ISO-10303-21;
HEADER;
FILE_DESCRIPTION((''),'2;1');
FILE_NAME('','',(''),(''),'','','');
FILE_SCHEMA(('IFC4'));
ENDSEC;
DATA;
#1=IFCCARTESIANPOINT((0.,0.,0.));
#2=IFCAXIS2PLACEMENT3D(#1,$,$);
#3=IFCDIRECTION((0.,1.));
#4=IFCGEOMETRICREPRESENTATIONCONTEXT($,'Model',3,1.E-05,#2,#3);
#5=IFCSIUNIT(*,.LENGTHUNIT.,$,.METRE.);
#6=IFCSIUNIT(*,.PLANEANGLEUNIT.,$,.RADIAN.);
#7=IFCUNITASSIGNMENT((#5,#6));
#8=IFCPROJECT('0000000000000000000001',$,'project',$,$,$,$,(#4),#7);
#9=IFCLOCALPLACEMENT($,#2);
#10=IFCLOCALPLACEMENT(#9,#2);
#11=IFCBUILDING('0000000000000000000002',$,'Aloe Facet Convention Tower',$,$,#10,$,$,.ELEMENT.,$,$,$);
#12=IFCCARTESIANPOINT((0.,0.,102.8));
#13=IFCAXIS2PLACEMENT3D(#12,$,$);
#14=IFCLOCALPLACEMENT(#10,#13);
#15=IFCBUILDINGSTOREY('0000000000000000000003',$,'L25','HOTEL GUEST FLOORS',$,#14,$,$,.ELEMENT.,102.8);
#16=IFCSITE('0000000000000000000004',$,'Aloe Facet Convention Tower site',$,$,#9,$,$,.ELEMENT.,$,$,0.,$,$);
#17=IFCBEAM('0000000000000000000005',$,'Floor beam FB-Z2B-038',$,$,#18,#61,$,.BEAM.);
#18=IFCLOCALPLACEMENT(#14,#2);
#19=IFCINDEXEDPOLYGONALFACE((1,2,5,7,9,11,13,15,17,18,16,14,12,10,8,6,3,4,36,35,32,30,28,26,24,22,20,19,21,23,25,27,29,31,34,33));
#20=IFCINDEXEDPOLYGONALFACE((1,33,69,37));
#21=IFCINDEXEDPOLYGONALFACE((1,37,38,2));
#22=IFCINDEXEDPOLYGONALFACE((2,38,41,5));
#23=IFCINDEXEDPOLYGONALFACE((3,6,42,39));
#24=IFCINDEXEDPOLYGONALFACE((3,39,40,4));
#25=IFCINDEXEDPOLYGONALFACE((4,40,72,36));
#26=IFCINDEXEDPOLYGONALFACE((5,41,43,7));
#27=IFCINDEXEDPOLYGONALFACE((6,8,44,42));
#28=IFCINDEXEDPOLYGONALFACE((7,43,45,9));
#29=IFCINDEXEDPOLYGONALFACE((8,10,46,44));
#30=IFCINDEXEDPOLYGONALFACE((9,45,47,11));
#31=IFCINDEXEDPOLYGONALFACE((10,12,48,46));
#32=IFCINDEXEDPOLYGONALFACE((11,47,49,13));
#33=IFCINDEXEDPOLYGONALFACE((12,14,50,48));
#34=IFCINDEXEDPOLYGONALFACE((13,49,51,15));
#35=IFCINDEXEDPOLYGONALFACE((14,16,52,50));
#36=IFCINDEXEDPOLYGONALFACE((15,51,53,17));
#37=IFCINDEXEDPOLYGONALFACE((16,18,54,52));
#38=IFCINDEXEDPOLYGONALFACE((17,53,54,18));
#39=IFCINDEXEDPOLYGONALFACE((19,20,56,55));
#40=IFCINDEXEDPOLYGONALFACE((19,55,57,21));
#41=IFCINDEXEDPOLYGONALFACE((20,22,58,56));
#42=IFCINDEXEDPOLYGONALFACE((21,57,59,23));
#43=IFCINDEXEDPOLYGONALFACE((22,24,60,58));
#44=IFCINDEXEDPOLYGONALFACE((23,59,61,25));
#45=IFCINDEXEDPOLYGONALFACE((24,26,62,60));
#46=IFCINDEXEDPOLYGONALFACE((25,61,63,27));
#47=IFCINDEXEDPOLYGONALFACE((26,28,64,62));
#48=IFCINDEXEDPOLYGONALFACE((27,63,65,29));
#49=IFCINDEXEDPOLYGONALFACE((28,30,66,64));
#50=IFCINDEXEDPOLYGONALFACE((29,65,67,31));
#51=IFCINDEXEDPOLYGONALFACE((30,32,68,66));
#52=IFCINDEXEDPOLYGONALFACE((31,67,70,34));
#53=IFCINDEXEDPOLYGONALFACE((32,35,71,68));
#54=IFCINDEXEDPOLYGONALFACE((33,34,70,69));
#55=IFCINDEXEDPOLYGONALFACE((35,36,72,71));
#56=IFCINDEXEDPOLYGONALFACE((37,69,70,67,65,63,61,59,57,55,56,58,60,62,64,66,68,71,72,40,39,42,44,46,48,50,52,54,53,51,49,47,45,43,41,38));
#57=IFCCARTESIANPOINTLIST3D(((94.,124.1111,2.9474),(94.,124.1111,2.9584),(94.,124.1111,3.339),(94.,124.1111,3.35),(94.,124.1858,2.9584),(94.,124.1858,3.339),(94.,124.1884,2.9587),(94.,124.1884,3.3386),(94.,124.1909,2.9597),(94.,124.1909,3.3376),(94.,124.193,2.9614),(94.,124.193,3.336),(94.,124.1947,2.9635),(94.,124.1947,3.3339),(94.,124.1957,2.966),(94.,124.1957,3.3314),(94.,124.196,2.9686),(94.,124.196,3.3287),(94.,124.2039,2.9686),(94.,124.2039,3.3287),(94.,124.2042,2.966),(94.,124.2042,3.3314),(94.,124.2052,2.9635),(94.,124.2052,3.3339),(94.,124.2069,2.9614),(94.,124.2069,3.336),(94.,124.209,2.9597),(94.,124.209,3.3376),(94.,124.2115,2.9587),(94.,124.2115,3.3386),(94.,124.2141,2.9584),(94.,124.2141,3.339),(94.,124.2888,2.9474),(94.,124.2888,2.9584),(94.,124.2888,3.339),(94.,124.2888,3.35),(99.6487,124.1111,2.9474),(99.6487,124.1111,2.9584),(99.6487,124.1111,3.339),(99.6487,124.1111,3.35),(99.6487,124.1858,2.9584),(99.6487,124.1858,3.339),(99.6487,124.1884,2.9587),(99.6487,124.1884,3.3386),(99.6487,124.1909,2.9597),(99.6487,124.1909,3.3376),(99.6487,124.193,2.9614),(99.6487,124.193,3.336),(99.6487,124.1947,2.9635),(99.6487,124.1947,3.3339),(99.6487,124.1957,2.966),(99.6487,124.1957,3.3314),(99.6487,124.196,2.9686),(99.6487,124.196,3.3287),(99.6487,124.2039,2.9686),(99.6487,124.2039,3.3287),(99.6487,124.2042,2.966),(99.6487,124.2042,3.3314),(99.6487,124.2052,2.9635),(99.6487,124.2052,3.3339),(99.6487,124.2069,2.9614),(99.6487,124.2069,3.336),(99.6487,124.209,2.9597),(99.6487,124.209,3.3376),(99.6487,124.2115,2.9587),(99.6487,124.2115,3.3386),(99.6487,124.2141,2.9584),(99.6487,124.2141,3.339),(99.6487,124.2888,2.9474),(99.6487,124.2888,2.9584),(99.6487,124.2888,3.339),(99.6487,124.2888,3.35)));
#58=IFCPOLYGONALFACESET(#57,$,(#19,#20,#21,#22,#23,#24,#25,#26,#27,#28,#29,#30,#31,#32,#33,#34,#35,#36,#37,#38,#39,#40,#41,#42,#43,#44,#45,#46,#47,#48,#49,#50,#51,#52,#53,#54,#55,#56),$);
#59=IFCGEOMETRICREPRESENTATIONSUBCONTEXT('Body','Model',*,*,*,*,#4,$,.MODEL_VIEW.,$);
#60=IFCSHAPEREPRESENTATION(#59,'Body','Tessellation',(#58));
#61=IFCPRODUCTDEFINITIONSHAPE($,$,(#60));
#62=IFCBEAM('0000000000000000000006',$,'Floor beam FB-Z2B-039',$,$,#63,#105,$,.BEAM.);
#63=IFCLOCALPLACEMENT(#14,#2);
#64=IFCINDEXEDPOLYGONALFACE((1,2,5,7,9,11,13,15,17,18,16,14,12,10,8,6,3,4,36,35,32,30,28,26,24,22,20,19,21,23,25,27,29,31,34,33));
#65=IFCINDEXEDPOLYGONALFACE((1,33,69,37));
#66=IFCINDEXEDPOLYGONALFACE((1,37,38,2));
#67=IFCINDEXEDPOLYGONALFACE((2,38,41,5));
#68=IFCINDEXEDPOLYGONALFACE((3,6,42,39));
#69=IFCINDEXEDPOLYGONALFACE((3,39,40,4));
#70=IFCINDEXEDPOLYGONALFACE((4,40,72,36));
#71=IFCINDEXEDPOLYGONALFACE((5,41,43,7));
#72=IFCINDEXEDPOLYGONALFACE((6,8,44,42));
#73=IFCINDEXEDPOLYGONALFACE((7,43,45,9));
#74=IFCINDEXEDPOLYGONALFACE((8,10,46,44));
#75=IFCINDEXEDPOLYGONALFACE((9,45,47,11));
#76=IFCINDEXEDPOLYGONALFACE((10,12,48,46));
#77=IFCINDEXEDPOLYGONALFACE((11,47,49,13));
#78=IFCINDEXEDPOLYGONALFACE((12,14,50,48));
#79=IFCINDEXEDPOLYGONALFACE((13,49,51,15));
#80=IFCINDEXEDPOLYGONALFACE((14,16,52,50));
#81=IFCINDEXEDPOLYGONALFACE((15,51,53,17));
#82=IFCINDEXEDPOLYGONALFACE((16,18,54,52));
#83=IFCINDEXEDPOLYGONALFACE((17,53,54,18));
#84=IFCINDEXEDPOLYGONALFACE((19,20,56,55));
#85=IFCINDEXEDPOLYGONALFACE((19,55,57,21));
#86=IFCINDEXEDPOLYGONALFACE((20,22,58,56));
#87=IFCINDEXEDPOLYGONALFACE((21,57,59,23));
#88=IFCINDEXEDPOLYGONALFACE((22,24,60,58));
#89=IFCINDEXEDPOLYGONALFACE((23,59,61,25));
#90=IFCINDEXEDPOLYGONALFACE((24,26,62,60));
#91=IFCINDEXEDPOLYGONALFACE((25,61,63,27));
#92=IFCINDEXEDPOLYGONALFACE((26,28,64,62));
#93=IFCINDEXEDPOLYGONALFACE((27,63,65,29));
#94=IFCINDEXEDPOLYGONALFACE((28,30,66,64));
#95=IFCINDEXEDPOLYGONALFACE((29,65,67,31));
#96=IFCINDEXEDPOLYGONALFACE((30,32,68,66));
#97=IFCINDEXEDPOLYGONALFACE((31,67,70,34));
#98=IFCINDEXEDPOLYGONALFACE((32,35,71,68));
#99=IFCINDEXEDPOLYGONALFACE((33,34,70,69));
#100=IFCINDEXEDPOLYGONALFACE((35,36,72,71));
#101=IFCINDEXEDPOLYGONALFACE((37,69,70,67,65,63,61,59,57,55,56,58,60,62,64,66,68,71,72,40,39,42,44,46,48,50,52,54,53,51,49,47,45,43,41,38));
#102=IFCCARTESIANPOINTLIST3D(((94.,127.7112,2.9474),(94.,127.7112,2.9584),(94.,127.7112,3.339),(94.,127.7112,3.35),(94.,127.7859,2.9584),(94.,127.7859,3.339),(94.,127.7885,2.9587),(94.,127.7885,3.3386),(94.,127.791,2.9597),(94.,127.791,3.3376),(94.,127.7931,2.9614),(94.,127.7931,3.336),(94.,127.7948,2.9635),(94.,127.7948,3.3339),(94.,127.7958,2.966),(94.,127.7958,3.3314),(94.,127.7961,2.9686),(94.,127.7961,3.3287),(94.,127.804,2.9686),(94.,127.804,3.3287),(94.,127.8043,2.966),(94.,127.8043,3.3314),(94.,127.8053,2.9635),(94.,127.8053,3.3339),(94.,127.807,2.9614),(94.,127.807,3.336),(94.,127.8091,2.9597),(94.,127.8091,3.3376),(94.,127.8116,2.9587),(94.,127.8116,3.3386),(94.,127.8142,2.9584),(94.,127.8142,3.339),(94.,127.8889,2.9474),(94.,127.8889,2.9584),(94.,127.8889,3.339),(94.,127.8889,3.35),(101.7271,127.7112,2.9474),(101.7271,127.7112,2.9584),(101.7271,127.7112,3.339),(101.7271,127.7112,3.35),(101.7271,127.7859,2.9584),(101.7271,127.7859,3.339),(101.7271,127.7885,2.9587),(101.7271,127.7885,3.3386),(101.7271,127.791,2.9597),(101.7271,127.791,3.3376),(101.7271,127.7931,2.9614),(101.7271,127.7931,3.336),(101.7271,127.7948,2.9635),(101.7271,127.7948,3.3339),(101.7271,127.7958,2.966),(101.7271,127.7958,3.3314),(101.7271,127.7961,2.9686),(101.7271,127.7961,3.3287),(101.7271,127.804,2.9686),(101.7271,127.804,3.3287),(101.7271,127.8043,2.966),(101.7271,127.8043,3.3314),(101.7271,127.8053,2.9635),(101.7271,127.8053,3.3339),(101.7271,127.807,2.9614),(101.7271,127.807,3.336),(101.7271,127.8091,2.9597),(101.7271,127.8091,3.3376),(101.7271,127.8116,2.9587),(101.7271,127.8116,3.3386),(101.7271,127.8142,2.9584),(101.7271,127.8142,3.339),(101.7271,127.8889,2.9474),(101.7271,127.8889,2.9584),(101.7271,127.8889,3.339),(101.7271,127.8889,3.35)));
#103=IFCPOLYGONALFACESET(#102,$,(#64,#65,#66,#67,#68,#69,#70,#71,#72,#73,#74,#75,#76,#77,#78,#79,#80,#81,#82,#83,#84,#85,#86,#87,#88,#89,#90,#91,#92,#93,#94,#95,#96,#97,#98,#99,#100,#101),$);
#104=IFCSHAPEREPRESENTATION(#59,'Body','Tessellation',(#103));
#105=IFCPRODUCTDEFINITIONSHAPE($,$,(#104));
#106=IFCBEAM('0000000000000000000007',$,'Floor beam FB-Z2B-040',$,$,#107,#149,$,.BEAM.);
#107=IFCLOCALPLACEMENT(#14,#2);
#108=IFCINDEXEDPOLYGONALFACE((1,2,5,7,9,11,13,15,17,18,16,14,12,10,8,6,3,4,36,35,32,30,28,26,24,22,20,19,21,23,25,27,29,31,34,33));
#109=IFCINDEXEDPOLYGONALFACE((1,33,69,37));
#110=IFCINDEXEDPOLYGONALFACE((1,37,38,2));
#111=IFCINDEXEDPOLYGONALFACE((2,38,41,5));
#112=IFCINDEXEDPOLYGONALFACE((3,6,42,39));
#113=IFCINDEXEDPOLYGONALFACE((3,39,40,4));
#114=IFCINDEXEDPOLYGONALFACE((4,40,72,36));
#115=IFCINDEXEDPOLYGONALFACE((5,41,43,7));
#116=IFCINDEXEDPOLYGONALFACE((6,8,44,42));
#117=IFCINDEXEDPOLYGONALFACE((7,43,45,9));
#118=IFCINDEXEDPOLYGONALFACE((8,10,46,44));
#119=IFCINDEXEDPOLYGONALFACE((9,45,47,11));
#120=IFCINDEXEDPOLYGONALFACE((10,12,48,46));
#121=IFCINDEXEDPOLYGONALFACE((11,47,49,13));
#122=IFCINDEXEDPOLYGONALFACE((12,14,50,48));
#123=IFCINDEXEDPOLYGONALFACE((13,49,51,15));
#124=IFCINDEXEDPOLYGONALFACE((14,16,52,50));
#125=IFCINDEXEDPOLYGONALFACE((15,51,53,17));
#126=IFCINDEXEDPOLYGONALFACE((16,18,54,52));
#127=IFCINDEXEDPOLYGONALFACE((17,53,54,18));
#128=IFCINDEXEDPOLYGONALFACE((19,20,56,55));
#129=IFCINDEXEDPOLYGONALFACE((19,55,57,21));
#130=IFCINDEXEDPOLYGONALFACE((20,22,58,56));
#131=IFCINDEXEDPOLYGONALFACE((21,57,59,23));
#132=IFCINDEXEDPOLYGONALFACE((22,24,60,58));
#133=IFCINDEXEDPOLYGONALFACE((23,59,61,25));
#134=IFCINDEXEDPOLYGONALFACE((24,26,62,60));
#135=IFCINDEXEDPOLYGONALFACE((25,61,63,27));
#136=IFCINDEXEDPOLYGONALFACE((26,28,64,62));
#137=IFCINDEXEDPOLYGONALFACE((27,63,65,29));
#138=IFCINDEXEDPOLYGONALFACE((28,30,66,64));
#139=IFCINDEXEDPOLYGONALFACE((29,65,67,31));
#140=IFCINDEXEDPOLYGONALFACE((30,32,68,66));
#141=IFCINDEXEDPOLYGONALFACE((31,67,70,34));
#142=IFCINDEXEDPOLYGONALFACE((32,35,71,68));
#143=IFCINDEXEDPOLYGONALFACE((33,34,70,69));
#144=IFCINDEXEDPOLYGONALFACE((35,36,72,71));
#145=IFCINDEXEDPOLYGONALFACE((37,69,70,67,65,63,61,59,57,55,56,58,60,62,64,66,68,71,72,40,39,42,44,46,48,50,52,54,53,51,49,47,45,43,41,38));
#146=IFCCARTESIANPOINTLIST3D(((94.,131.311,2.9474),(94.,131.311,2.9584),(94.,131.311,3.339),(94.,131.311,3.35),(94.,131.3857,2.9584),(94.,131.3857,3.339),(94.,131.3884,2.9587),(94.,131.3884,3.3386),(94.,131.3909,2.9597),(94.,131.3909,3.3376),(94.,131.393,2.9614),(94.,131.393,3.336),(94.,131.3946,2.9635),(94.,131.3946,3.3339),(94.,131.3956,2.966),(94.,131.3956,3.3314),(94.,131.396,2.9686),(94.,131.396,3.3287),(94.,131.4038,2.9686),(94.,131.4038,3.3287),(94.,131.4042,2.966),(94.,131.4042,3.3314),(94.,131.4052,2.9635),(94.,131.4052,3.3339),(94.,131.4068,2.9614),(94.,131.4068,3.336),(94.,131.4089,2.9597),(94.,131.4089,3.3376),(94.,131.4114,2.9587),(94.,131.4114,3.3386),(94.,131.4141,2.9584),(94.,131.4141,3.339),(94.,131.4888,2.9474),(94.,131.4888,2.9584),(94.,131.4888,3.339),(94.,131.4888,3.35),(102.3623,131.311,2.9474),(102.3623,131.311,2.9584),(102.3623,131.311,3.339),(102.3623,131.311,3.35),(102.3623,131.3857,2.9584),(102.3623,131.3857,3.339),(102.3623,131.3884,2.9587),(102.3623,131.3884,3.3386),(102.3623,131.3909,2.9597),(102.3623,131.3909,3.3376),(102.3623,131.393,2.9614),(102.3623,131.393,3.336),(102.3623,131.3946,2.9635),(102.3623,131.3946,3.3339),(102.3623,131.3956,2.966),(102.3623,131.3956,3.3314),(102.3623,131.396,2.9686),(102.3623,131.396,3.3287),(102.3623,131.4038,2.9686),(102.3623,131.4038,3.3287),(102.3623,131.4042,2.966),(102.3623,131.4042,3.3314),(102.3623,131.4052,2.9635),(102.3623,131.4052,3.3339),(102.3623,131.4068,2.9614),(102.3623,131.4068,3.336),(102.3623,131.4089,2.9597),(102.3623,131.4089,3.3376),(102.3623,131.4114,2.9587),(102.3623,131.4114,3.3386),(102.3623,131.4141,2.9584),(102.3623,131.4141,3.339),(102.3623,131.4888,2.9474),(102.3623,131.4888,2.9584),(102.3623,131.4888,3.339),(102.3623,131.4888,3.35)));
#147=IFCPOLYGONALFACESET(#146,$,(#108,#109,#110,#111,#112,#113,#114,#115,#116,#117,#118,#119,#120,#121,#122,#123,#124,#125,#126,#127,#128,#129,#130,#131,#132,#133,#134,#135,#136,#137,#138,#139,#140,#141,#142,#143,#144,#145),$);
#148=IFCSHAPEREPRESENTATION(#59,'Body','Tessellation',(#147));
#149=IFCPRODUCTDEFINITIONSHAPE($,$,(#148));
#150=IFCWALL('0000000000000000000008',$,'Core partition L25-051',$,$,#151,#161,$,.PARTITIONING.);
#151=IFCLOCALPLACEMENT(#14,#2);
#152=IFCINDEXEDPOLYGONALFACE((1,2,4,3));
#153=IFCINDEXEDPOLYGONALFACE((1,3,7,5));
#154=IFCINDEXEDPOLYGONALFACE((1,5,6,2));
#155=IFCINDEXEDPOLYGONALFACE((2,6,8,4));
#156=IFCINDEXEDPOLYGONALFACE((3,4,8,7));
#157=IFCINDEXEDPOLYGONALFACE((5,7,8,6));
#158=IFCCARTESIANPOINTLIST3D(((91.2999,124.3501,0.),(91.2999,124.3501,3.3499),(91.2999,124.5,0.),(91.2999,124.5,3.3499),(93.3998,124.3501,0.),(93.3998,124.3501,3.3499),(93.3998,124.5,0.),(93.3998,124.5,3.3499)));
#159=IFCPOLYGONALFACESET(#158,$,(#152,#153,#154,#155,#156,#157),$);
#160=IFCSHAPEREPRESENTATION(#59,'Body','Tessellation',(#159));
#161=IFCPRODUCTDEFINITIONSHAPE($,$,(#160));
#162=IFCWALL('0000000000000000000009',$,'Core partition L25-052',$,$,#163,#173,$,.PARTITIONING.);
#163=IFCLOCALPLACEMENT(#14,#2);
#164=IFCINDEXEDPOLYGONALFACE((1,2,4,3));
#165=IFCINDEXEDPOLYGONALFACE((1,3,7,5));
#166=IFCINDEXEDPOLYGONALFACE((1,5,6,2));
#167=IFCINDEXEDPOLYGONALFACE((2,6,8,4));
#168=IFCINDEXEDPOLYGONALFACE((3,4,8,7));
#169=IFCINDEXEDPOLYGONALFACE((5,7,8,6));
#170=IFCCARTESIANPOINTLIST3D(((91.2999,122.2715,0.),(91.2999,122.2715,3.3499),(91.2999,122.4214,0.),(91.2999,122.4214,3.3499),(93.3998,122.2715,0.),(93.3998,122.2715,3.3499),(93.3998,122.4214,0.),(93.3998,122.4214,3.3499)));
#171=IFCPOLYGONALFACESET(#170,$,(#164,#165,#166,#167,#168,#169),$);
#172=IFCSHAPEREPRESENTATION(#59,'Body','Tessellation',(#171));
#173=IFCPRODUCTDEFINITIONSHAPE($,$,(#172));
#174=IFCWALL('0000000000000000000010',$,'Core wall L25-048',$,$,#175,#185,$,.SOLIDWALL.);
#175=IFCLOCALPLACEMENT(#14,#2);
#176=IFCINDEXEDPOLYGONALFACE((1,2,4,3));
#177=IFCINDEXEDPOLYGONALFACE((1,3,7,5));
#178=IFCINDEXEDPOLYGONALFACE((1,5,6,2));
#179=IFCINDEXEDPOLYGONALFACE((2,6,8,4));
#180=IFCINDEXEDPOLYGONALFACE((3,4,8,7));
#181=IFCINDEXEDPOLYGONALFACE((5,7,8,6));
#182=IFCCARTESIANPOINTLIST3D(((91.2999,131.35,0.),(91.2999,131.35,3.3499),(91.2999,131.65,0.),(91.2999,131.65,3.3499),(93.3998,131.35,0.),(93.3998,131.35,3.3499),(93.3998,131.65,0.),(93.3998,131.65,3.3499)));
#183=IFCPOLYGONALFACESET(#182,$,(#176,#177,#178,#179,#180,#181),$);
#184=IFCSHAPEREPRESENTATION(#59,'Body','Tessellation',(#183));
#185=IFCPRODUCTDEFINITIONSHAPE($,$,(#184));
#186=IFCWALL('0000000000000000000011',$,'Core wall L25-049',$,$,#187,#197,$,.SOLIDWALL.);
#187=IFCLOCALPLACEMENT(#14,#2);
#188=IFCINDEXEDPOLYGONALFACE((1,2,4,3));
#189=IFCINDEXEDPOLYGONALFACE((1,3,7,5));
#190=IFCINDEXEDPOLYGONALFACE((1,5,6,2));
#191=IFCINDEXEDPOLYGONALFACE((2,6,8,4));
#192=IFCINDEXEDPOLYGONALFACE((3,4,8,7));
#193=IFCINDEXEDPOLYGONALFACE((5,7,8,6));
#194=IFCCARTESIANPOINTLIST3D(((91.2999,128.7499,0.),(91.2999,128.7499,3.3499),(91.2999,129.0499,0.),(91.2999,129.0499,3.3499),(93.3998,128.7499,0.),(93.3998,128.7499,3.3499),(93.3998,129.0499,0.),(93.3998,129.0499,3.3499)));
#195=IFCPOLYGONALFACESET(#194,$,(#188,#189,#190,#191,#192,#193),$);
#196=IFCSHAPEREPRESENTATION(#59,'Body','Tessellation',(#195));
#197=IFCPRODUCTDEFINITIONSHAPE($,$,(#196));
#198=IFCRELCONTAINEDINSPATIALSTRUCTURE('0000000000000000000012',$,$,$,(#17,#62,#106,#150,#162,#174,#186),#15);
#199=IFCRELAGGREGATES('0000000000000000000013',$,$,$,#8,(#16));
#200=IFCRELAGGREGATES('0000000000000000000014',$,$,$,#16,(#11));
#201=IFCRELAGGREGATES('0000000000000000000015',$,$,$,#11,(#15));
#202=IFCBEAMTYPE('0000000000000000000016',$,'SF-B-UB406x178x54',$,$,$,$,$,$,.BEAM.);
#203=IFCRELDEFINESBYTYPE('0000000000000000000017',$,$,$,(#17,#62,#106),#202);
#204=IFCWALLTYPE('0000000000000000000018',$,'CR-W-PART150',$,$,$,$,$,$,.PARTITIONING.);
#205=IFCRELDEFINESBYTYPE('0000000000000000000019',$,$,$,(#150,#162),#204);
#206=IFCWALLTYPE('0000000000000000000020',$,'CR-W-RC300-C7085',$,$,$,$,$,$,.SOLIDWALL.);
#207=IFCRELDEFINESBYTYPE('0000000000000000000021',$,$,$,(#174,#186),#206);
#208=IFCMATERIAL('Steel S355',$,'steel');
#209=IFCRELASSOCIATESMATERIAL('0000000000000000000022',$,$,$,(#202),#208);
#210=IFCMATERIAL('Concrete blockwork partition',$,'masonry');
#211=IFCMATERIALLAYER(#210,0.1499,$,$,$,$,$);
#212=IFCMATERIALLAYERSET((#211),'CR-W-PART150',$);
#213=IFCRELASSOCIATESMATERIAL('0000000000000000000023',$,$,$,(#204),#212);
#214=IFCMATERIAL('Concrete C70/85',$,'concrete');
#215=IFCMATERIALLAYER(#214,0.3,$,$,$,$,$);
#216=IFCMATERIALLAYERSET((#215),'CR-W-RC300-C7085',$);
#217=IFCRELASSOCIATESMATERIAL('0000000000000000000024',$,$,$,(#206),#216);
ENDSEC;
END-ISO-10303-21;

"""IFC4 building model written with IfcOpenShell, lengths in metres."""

from ifc_helpers import new_model, si_unit, direction, frame, frame_2d, origin, origin_2d, place, context, subcontext, project, spatial, rectangle, i_section, extrude, material, layer, layer_set, material_profile, profile_set, type_object, element, save


model = new_model("IFC4")

# Units and contexts
model_context = context("Model", 3, precision=1e-05, world=origin(), true_north=direction((0.0, 1.0)))
body_context = subcontext(model_context, "Body", "Model", "MODEL_VIEW")
ifc_project = project(units=[si_unit("LENGTHUNIT", "METRE"), si_unit("PLANEANGLEUNIT", "RADIAN")], contexts=[model_context])

# Site, building, storey
site_placement = place(None, origin())
site = spatial("IfcSite", under=ifc_project, at=site_placement, Name="Aloe Facet Convention Tower site", CompositionType="ELEMENT", RefElevation=0.0)
building_placement = place(site_placement, origin())
building = spatial("IfcBuilding", under=site, at=building_placement, Name="Aloe Facet Convention Tower", CompositionType="ELEMENT")
storey_placement = place(building_placement, frame((0.0, 0.0, 102.8)))
storey = spatial("IfcBuildingStorey", under=building, at=storey_placement, Name="L25", Description="HOTEL GUEST FLOORS", CompositionType="ELEMENT", Elevation=102.8)

# Beams
ifc_material_1 = material(Name="Steel S355", Category="steel")
ifc_material_profile = material_profile(ifc_material_1, i_section(OverallWidth=0.1777, OverallDepth=0.4026, WebThickness=0.0078, FlangeThickness=0.011, FilletRadius=0.0103, at=origin_2d()), Name="UB 406x178x54")
ifc_profile_set = profile_set([ifc_material_profile], Name="Steel S355")
beam_type = type_object("IfcBeamType", Name="SF-B-UB406x178x54", PredefinedType="BEAM", material=ifc_profile_set)
beam_1_placement = place(storey_placement, frame((94.0, 124.2, 3.1487), z_axis=(1.0, 0.0, 0.0), x_axis=(0.0, 1.0, 0.0)))
element("IfcBeam", 1, at=beam_1_placement, inside=storey, type_object=beam_type, Name="Floor beam FB-Z2B-038", PredefinedType="BEAM", context=body_context, shape_type="SweptSolid", body=[
    extrude(i_section(OverallWidth=0.1777, OverallDepth=0.4026, WebThickness=0.0078, FlangeThickness=0.011, FilletRadius=0.0103, at=origin_2d()), origin(), (0.0, 0.0, 1.0), 5.6487),
])
beam_2_placement = place(storey_placement, frame((94.0, 127.8, 3.1487), z_axis=(1.0, 0.0, 0.0), x_axis=(0.0, 1.0, 0.0)))
element("IfcBeam", 2, at=beam_2_placement, inside=storey, type_object=beam_type, Name="Floor beam FB-Z2B-039", PredefinedType="BEAM", context=body_context, shape_type="SweptSolid", body=[
    extrude(i_section(OverallWidth=0.1777, OverallDepth=0.4026, WebThickness=0.0078, FlangeThickness=0.011, FilletRadius=0.0103, at=origin_2d()), origin(), (0.0, 0.0, 1.0), 7.7271),
])
beam_3_placement = place(storey_placement, frame((94.0, 131.3999, 3.1487), z_axis=(1.0, 0.0, 0.0), x_axis=(0.0, 1.0, 0.0)))
element("IfcBeam", 3, at=beam_3_placement, inside=storey, type_object=beam_type, Name="Floor beam FB-Z2B-040", PredefinedType="BEAM", context=body_context, shape_type="SweptSolid", body=[
    extrude(i_section(OverallWidth=0.1777, OverallDepth=0.4026, WebThickness=0.0078, FlangeThickness=0.011, FilletRadius=0.0103, at=origin_2d()), origin(), (0.0, 0.0, 1.0), 8.3623),
])

# Walls
ifc_material_2 = material(Name="Concrete blockwork partition", Category="masonry")
ifc_layer_1 = layer(ifc_material_2, 0.1499)
ifc_layer_set_1 = layer_set([ifc_layer_1], Name="CR-W-PART150")
wall_type_1 = type_object("IfcWallType", Name="CR-W-PART150", PredefinedType="PARTITIONING", material=ifc_layer_set_1)
for number, where, z_axis, x_axis, name in (
    (4, (91.3, 124.425, 0.0), (0.0, 0.0, 1.0), (1.0, 0.0, 0.0), "Core partition L25-051"),
    (5, (91.3, 122.3464, 0.0), (0.0, 0.0, 1.0), (1.0, 0.0, 0.0), "Core partition L25-052"),
):
    element("IfcWall", number, at=place(storey_placement, frame(where, z_axis=z_axis, x_axis=x_axis)), inside=storey, type_object=wall_type_1, Name=name, PredefinedType="PARTITIONING", context=body_context, shape_type="SweptSolid", body=[
        extrude(rectangle(XDim=2.0999, YDim=0.1499, at=frame_2d((1.0498, 0.0))), origin(), (0.0, 0.0, 1.0), 3.3499),
    ])
ifc_material_3 = material(Name="Concrete C70/85", Category="concrete")
ifc_layer_2 = layer(ifc_material_3, 0.3)
ifc_layer_set_2 = layer_set([ifc_layer_2], Name="CR-W-RC300-C7085")
wall_type_2 = type_object("IfcWallType", Name="CR-W-RC300-C7085", PredefinedType="SOLIDWALL", material=ifc_layer_set_2)
for number, where, z_axis, x_axis, name in (
    (6, (91.3, 131.5, 0.0), (0.0, 0.0, 1.0), (1.0, 0.0, 0.0), "Core wall L25-048"),
    (7, (91.3, 128.8999, 0.0), (0.0, 0.0, 1.0), (1.0, 0.0, 0.0), "Core wall L25-049"),
):
    element("IfcWall", number, at=place(storey_placement, frame(where, z_axis=z_axis, x_axis=x_axis)), inside=storey, type_object=wall_type_2, Name=name, PredefinedType="SOLIDWALL", context=body_context, shape_type="SweptSolid", body=[
        extrude(rectangle(XDim=2.0999, YDim=0.3, at=frame_2d((1.0498, 0.0))), origin(), (0.0, 0.0, 1.0), 3.3499),
    ])

save(model, "model.ifc")
